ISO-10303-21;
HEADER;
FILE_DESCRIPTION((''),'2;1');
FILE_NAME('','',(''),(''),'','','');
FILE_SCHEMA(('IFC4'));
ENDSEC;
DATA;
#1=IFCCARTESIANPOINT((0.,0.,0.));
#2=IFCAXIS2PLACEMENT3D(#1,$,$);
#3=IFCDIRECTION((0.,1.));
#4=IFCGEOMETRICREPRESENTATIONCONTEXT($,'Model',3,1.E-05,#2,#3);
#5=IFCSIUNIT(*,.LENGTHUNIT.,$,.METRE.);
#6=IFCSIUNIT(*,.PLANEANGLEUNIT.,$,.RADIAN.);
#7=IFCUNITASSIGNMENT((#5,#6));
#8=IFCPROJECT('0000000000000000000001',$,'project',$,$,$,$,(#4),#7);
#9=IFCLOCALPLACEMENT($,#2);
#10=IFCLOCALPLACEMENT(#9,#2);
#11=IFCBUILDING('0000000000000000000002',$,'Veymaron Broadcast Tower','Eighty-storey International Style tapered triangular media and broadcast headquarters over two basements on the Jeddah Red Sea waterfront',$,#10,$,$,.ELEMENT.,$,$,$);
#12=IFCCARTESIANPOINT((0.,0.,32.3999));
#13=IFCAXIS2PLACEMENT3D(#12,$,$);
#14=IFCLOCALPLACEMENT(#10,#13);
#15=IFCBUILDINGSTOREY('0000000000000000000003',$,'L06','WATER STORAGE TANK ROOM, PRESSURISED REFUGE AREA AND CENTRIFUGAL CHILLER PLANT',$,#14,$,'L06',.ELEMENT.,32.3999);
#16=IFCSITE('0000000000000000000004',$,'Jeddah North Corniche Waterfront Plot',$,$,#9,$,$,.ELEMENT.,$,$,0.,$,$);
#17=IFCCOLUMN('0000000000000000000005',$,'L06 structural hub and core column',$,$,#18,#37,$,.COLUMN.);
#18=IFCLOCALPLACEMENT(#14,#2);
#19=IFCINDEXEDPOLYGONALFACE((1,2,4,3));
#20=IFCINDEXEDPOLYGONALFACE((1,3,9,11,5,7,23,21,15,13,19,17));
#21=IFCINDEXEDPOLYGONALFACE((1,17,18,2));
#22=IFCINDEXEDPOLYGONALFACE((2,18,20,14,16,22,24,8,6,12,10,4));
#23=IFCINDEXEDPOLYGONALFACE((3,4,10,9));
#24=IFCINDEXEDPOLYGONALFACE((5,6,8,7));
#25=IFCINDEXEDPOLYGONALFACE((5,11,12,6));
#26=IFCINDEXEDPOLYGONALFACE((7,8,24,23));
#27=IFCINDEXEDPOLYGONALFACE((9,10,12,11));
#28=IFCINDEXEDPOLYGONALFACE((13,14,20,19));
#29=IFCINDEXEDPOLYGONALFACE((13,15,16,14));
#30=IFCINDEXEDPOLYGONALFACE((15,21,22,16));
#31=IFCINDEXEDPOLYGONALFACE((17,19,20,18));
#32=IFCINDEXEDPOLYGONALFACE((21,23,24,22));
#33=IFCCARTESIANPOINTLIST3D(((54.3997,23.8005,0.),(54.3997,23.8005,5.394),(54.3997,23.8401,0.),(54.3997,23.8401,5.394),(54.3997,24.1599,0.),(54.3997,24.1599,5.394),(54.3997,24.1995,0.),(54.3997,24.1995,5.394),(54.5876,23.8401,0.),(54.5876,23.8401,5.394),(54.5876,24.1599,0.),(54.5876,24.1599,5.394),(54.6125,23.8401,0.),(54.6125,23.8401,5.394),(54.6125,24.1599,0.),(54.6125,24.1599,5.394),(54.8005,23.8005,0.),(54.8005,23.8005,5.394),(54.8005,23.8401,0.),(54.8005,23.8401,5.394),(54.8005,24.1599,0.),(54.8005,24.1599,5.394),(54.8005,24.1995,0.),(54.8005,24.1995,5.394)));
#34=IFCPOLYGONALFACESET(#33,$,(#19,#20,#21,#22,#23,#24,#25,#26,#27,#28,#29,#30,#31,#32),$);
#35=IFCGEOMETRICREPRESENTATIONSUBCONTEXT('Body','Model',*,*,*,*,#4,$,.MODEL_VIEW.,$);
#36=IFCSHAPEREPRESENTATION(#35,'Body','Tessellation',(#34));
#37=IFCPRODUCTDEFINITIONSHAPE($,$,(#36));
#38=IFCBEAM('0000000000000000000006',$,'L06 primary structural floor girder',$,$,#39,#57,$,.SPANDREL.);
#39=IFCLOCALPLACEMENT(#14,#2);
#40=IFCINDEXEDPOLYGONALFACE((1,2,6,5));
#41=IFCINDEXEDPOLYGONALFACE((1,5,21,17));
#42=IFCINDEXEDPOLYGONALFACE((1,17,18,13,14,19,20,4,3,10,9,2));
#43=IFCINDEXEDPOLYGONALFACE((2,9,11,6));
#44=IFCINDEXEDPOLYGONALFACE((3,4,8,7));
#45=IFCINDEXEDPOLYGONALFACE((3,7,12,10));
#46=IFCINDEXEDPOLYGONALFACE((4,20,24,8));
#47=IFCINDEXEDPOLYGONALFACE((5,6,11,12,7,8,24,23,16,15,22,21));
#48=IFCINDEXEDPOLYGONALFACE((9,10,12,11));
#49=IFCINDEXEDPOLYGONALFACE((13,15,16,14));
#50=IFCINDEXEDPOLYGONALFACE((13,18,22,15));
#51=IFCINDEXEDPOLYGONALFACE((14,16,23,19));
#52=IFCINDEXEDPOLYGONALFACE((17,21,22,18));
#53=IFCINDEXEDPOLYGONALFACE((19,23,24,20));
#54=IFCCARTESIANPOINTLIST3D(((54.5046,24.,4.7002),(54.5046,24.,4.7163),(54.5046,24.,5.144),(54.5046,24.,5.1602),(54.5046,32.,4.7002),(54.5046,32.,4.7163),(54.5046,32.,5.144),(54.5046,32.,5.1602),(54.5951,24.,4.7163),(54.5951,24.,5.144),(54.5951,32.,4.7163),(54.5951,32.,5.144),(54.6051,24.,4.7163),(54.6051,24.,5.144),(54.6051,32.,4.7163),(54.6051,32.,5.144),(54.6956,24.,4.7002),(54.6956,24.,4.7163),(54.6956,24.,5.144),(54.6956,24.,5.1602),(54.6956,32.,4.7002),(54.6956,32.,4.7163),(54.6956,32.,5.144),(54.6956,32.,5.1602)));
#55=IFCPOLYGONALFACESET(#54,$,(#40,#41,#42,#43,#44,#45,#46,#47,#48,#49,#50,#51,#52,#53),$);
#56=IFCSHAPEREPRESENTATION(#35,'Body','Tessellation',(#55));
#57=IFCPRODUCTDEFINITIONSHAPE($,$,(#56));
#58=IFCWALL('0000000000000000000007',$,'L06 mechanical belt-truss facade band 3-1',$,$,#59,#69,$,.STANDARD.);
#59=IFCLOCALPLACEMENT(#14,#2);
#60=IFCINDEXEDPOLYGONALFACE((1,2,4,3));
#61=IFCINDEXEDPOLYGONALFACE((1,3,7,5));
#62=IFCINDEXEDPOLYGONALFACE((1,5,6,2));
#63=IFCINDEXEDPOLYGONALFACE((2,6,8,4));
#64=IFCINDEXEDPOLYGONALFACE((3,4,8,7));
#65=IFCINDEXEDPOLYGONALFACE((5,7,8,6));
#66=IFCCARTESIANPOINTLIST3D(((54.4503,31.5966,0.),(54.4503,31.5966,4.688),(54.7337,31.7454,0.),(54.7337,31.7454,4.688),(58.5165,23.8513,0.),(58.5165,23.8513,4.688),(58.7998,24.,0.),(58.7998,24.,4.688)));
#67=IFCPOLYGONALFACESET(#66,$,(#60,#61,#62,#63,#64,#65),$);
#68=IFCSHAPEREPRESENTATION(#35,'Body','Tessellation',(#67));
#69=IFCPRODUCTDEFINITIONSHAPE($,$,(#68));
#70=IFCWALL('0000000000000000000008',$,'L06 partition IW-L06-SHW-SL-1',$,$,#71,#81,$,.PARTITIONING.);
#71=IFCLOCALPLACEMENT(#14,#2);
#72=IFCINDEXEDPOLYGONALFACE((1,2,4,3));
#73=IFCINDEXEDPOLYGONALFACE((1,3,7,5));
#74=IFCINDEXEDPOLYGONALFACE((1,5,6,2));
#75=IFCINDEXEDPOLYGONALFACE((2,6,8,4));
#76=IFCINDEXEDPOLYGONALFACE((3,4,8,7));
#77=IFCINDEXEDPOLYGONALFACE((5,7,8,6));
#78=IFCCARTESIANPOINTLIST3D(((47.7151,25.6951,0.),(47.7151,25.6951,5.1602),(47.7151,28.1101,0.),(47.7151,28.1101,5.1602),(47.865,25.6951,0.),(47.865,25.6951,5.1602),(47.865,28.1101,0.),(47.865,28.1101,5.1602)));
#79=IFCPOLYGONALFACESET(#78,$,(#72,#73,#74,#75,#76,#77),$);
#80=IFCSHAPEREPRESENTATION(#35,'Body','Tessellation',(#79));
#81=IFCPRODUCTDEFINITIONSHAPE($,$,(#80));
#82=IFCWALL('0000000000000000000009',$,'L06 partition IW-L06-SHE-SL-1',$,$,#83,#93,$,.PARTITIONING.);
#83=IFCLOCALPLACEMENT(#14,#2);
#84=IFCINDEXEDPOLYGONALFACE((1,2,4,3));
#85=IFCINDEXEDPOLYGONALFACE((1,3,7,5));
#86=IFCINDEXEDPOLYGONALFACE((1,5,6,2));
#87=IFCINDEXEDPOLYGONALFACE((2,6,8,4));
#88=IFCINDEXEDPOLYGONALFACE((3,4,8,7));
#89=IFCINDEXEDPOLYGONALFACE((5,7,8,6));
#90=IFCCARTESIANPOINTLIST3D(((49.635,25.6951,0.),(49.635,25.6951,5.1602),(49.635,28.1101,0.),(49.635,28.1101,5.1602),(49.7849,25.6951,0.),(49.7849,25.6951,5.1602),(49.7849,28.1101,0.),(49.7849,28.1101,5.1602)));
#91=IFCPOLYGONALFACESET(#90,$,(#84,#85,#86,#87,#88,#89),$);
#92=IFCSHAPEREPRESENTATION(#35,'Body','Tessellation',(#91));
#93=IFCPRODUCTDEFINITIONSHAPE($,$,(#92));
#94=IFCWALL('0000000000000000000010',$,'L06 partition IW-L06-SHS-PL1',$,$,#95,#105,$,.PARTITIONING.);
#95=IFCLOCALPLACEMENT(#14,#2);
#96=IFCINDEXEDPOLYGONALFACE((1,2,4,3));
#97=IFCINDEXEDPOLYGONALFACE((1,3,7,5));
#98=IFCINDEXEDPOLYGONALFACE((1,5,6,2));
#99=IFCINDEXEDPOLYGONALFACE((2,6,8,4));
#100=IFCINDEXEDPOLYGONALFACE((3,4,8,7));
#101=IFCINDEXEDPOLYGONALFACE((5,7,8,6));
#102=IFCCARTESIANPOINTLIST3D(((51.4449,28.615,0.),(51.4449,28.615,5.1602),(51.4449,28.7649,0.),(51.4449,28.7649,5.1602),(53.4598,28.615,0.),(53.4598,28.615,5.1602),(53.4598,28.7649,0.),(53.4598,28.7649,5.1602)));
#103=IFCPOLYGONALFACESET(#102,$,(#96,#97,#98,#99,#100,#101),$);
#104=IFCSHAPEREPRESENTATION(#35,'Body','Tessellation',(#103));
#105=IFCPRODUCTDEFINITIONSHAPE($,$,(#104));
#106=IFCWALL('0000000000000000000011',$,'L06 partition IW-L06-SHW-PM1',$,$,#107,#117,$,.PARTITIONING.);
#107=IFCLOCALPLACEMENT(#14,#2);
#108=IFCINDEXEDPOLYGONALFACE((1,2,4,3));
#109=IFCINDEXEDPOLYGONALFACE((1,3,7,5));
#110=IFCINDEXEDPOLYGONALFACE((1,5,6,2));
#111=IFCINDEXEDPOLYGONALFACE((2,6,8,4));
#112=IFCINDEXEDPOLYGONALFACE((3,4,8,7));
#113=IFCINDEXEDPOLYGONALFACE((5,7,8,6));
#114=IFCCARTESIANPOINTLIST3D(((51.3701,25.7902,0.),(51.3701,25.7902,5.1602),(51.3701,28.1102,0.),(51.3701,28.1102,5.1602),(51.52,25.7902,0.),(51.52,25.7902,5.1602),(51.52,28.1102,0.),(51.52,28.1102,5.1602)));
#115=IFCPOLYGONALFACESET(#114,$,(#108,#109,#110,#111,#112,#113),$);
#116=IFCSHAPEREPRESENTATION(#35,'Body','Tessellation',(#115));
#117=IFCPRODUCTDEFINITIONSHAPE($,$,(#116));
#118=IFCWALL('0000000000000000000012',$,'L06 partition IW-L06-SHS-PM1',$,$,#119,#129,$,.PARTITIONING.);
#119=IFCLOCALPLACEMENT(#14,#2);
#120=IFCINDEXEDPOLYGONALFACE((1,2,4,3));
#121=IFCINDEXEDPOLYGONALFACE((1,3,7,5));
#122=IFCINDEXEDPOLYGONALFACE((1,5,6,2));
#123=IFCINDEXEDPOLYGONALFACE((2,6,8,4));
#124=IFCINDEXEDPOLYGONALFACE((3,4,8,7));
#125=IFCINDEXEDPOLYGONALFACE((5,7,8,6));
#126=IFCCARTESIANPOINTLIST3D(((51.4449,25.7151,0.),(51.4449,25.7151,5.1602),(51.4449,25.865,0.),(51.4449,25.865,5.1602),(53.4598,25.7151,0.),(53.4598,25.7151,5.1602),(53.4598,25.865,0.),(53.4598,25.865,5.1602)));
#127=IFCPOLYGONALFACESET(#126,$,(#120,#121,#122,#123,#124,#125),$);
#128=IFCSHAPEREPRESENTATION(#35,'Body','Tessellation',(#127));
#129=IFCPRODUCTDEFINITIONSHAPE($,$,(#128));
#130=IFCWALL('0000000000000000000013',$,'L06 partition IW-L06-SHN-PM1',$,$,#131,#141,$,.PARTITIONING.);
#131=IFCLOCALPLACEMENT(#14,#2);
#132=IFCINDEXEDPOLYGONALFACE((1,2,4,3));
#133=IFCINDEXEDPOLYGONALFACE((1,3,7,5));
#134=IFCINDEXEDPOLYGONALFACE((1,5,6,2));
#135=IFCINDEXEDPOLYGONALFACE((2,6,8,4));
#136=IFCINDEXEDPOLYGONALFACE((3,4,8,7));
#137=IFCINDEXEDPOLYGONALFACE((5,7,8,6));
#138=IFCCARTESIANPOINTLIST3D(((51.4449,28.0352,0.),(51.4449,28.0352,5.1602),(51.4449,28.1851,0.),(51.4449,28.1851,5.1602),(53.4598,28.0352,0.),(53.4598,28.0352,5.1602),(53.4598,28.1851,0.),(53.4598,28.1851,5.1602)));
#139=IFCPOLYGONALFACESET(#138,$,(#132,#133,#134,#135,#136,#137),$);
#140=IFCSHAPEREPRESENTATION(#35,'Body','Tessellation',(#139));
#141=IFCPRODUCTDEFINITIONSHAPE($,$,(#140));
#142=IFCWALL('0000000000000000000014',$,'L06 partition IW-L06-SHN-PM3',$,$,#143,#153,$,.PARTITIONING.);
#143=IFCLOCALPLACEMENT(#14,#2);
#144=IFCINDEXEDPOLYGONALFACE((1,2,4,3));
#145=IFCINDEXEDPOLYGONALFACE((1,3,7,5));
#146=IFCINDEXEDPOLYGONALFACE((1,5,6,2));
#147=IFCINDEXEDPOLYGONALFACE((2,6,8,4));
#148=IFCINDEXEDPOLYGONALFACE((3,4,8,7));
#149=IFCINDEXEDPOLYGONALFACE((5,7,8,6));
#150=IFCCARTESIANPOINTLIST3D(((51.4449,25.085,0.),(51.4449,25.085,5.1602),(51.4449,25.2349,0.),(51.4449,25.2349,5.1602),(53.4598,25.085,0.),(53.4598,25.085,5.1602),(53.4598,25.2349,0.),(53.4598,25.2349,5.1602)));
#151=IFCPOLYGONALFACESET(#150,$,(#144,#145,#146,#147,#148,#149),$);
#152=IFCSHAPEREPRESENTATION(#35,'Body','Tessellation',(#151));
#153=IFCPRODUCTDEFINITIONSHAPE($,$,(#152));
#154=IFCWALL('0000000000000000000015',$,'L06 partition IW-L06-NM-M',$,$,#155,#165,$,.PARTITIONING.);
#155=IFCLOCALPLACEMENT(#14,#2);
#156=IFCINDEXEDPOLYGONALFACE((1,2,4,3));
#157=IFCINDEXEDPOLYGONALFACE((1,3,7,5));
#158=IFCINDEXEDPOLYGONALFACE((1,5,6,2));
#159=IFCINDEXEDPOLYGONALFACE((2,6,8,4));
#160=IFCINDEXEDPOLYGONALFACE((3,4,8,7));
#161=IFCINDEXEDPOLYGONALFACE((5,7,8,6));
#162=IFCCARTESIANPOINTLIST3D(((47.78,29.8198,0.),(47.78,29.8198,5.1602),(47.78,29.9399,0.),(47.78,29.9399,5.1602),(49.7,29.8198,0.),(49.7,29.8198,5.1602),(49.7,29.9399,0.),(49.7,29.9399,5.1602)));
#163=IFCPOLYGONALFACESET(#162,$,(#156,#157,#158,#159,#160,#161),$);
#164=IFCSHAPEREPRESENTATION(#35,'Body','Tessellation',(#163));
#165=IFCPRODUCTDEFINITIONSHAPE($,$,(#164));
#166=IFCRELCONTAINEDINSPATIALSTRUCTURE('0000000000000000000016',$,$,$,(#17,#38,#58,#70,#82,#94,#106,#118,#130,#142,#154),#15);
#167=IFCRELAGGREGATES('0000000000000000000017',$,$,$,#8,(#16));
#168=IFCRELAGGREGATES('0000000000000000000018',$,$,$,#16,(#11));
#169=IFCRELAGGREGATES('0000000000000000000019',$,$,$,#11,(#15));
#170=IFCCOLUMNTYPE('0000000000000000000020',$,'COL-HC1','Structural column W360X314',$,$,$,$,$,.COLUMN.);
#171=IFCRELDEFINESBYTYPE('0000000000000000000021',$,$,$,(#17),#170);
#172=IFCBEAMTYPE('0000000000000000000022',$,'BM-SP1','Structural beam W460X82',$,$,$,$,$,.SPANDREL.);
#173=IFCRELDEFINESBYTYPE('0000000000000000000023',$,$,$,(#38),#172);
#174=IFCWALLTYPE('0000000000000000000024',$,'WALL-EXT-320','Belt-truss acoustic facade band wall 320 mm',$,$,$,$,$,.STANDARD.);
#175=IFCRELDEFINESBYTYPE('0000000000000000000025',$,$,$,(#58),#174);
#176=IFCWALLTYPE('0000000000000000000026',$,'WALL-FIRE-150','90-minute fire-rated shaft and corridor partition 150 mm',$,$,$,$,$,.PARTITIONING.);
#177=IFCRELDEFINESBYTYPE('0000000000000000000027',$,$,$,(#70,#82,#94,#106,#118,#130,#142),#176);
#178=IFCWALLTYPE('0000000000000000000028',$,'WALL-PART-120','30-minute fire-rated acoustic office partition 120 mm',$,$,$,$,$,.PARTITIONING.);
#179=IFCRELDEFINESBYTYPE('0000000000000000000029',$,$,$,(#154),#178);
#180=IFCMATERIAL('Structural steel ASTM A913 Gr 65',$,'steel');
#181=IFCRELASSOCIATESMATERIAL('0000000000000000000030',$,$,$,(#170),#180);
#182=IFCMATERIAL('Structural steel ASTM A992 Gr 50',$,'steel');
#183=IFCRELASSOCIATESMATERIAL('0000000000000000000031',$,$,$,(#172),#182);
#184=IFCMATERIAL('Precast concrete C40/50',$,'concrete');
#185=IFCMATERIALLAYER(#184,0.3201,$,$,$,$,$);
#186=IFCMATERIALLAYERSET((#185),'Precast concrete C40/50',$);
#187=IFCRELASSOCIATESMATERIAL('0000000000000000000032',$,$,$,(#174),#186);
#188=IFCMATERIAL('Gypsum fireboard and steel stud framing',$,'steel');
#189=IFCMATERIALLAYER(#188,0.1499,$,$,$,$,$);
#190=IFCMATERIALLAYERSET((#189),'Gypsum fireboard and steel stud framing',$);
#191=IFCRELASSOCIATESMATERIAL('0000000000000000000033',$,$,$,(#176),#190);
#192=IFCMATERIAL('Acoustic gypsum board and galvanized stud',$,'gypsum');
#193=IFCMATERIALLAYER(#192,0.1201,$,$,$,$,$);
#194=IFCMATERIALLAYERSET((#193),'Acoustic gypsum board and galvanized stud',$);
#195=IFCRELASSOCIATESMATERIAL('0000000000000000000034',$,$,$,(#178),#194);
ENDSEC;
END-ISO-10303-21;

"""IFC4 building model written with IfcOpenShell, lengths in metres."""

from ifc_helpers import new_model, si_unit, direction, frame, frame_2d, origin, origin_2d, place, context, subcontext, project, spatial, rectangle, i_section, extrude, material, layer, layer_set, material_profile, profile_set, type_object, element, save


model = new_model("IFC4")

# Units and contexts
model_context = context("Model", 3, precision=1e-05, world=origin(), true_north=direction((0.0, 1.0)))
body_context = subcontext(model_context, "Body", "Model", "MODEL_VIEW")
ifc_project = project(units=[si_unit("LENGTHUNIT", "METRE"), si_unit("PLANEANGLEUNIT", "RADIAN")], contexts=[model_context])

# Site, building, storey
site_placement = place(None, origin())
site = spatial("IfcSite", under=ifc_project, at=site_placement, Name="Jeddah North Corniche Waterfront Plot", CompositionType="ELEMENT", RefElevation=0.0)
building_placement = place(site_placement, origin())
building = spatial("IfcBuilding", under=site, at=building_placement, Name="Veymaron Broadcast Tower", Description="Eighty-storey International Style tapered triangular media and broadcast headquarters over two basements on the Jeddah Red Sea waterfront", CompositionType="ELEMENT")
storey_placement = place(building_placement, frame((0.0, 0.0, 32.3999)))
storey = spatial("IfcBuildingStorey", under=building, at=storey_placement, Name="L06", Description="WATER STORAGE TANK ROOM, PRESSURISED REFUGE AREA AND CENTRIFUGAL CHILLER PLANT", LongName="L06", CompositionType="ELEMENT", Elevation=32.3999)

# Column
ifc_material_1 = material(Name="Structural steel ASTM A913 Gr 65", Category="steel")
ifc_material_profile_1 = material_profile(ifc_material_1, i_section(OverallWidth=0.4009, OverallDepth=0.3989, WebThickness=0.0249, FlangeThickness=0.0396, at=origin_2d()), Name="W360X314")
ifc_profile_set_1 = profile_set([ifc_material_profile_1], Name="Structural steel ASTM A913 Gr 65")
column_type = type_object("IfcColumnType", Name="COL-HC1", Description="Structural column W360X314", PredefinedType="COLUMN", material=ifc_profile_set_1)
column_placement = place(storey_placement, frame((54.6001, 24.0, 0.0), z_axis=(0.0, 0.0, 1.0), x_axis=(1.0, 0.0, 0.0)))
element("IfcColumn", 1, at=column_placement, inside=storey, type_object=column_type, Name="L06 structural hub and core column", PredefinedType="COLUMN", context=body_context, shape_type="SweptSolid", body=[
    extrude(i_section(OverallWidth=0.4009, OverallDepth=0.3989, WebThickness=0.0249, FlangeThickness=0.0396, at=origin_2d()), origin(), (0.0, 0.0, 1.0), 5.394),
])

# Beam
ifc_material_2 = material(Name="Structural steel ASTM A992 Gr 50", Category="steel")
ifc_material_profile_2 = material_profile(ifc_material_2, i_section(OverallWidth=0.1909, OverallDepth=0.46, WebThickness=0.01, FlangeThickness=0.0161, at=origin_2d()), Name="W460X82")
ifc_profile_set_2 = profile_set([ifc_material_profile_2], Name="Structural steel ASTM A992 Gr 50")
beam_type = type_object("IfcBeamType", Name="BM-SP1", Description="Structural beam W460X82", PredefinedType="SPANDREL", material=ifc_profile_set_2)
beam_placement = place(storey_placement, frame((54.6001, 24.0, 4.9302), z_axis=(0.0, 1.0, 0.0), x_axis=(-1.0, 0.0, 0.0)))
element("IfcBeam", 2, at=beam_placement, inside=storey, type_object=beam_type, Name="L06 primary structural floor girder", PredefinedType="SPANDREL", context=body_context, shape_type="SweptSolid", body=[
    extrude(i_section(OverallWidth=0.1909, OverallDepth=0.46, WebThickness=0.01, FlangeThickness=0.0161, at=origin_2d()), origin(), (0.0, 0.0, 1.0), 8.0),
])

# Wall
ifc_material_3 = material(Name="Precast concrete C40/50", Category="concrete")
ifc_layer_1 = layer(ifc_material_3, 0.3201)
ifc_layer_set_1 = layer_set([ifc_layer_1], Name="Precast concrete C40/50")
wall_type_1 = type_object("IfcWallType", Name="WALL-EXT-320", Description="Belt-truss acoustic facade band wall 320 mm", PredefinedType="STANDARD", material=ifc_layer_set_1)
wall_1_placement = place(storey_placement, frame((58.6582, 23.9255, 0.0), z_axis=(0.0, 0.0, 1.0), x_axis=(-0.46482, 0.885405, 0.0)))
element("IfcWall", 3, at=wall_1_placement, inside=storey, type_object=wall_type_1, Name="L06 mechanical belt-truss facade band 3-1", PredefinedType="STANDARD", context=body_context, shape_type="SweptSolid", body=[
    extrude(rectangle(XDim=8.7478, YDim=0.3201, at=frame_2d((4.374, 0.0))), origin(), (0.0, 0.0, 1.0), 4.688),
])

# Shared definitions
ifc_material_4 = material(Name="Gypsum fireboard and steel stud framing", Category="steel")
ifc_layer_2 = layer(ifc_material_4, 0.1499)
ifc_layer_set_2 = layer_set([ifc_layer_2], Name="Gypsum fireboard and steel stud framing")
wall_type_2 = type_object("IfcWallType", Name="WALL-FIRE-150", Description="90-minute fire-rated shaft and corridor partition 150 mm", PredefinedType="PARTITIONING", material=ifc_layer_set_2)

# Walls
for number, where, z_axis, x_axis, name in (
    (4, (47.79, 25.6951, 0.0), (0.0, 0.0, 1.0), (0.0, 1.0, 0.0), "L06 partition IW-L06-SHW-SL-1"),
    (5, (49.71, 25.6951, 0.0), (0.0, 0.0, 1.0), (0.0, 1.0, 0.0), "L06 partition IW-L06-SHE-SL-1"),
):
    element("IfcWall", number, at=place(storey_placement, frame(where, z_axis=z_axis, x_axis=x_axis)), inside=storey, type_object=wall_type_2, Name=name, PredefinedType="PARTITIONING", context=body_context, shape_type="SweptSolid", body=[
        extrude(rectangle(XDim=2.415, YDim=0.1499, at=frame_2d((1.2075, 0.0))), origin(), (0.0, 0.0, 1.0), 5.1602),
    ])

# Walls
wall_2_placement = place(storey_placement, frame((51.4451, 28.6899, 0.0), z_axis=(0.0, 0.0, 1.0), x_axis=(1.0, 0.0, 0.0)))
element("IfcWall", 6, at=wall_2_placement, inside=storey, type_object=wall_type_2, Name="L06 partition IW-L06-SHS-PL1", PredefinedType="PARTITIONING", context=body_context, shape_type="SweptSolid", body=[
    extrude(rectangle(XDim=2.0149, YDim=0.1499, at=frame_2d((1.0073, 0.0))), origin(), (0.0, 0.0, 1.0), 5.1602),
])
wall_3_placement = place(storey_placement, frame((51.4451, 25.79, 0.0), z_axis=(0.0, 0.0, 1.0), x_axis=(0.0, 1.0, 0.0)))
element("IfcWall", 7, at=wall_3_placement, inside=storey, type_object=wall_type_2, Name="L06 partition IW-L06-SHW-PM1", PredefinedType="PARTITIONING", context=body_context, shape_type="SweptSolid", body=[
    extrude(rectangle(XDim=2.3201, YDim=0.1499, at=frame_2d((1.1602, 0.0))), origin(), (0.0, 0.0, 1.0), 5.1602),
])
for number, where, z_axis, x_axis, name in (
    (8, (51.4451, 25.79, 0.0), (0.0, 0.0, 1.0), (1.0, 0.0, 0.0), "L06 partition IW-L06-SHS-PM1"),
    (9, (51.4451, 28.1101, 0.0), (0.0, 0.0, 1.0), (1.0, 0.0, 0.0), "L06 partition IW-L06-SHN-PM1"),
    (10, (51.4451, 25.1599, 0.0), (0.0, 0.0, 1.0), (1.0, 0.0, 0.0), "L06 partition IW-L06-SHN-PM3"),
):
    element("IfcWall", number, at=place(storey_placement, frame(where, z_axis=z_axis, x_axis=x_axis)), inside=storey, type_object=wall_type_2, Name=name, PredefinedType="PARTITIONING", context=body_context, shape_type="SweptSolid", body=[
        extrude(rectangle(XDim=2.0149, YDim=0.1499, at=frame_2d((1.0073, 0.0))), origin(), (0.0, 0.0, 1.0), 5.1602),
    ])
ifc_material_5 = material(Name="Acoustic gypsum board and galvanized stud", Category="gypsum")
ifc_layer_3 = layer(ifc_material_5, 0.1201)
ifc_layer_set_3 = layer_set([ifc_layer_3], Name="Acoustic gypsum board and galvanized stud")
wall_type_3 = type_object("IfcWallType", Name="WALL-PART-120", Description="30-minute fire-rated acoustic office partition 120 mm", PredefinedType="PARTITIONING", material=ifc_layer_set_3)
wall_4_placement = place(storey_placement, frame((47.78, 29.8799, 0.0), z_axis=(0.0, 0.0, 1.0), x_axis=(1.0, 0.0, 0.0)))
element("IfcWall", 11, at=wall_4_placement, inside=storey, type_object=wall_type_3, Name="L06 partition IW-L06-NM-M", PredefinedType="PARTITIONING", context=body_context, shape_type="SweptSolid", body=[
    extrude(rectangle(XDim=1.9199, YDim=0.1201, at=frame_2d((0.96, 0.0))), origin(), (0.0, 0.0, 1.0), 5.1602),
])

save(model, "model.ifc")
